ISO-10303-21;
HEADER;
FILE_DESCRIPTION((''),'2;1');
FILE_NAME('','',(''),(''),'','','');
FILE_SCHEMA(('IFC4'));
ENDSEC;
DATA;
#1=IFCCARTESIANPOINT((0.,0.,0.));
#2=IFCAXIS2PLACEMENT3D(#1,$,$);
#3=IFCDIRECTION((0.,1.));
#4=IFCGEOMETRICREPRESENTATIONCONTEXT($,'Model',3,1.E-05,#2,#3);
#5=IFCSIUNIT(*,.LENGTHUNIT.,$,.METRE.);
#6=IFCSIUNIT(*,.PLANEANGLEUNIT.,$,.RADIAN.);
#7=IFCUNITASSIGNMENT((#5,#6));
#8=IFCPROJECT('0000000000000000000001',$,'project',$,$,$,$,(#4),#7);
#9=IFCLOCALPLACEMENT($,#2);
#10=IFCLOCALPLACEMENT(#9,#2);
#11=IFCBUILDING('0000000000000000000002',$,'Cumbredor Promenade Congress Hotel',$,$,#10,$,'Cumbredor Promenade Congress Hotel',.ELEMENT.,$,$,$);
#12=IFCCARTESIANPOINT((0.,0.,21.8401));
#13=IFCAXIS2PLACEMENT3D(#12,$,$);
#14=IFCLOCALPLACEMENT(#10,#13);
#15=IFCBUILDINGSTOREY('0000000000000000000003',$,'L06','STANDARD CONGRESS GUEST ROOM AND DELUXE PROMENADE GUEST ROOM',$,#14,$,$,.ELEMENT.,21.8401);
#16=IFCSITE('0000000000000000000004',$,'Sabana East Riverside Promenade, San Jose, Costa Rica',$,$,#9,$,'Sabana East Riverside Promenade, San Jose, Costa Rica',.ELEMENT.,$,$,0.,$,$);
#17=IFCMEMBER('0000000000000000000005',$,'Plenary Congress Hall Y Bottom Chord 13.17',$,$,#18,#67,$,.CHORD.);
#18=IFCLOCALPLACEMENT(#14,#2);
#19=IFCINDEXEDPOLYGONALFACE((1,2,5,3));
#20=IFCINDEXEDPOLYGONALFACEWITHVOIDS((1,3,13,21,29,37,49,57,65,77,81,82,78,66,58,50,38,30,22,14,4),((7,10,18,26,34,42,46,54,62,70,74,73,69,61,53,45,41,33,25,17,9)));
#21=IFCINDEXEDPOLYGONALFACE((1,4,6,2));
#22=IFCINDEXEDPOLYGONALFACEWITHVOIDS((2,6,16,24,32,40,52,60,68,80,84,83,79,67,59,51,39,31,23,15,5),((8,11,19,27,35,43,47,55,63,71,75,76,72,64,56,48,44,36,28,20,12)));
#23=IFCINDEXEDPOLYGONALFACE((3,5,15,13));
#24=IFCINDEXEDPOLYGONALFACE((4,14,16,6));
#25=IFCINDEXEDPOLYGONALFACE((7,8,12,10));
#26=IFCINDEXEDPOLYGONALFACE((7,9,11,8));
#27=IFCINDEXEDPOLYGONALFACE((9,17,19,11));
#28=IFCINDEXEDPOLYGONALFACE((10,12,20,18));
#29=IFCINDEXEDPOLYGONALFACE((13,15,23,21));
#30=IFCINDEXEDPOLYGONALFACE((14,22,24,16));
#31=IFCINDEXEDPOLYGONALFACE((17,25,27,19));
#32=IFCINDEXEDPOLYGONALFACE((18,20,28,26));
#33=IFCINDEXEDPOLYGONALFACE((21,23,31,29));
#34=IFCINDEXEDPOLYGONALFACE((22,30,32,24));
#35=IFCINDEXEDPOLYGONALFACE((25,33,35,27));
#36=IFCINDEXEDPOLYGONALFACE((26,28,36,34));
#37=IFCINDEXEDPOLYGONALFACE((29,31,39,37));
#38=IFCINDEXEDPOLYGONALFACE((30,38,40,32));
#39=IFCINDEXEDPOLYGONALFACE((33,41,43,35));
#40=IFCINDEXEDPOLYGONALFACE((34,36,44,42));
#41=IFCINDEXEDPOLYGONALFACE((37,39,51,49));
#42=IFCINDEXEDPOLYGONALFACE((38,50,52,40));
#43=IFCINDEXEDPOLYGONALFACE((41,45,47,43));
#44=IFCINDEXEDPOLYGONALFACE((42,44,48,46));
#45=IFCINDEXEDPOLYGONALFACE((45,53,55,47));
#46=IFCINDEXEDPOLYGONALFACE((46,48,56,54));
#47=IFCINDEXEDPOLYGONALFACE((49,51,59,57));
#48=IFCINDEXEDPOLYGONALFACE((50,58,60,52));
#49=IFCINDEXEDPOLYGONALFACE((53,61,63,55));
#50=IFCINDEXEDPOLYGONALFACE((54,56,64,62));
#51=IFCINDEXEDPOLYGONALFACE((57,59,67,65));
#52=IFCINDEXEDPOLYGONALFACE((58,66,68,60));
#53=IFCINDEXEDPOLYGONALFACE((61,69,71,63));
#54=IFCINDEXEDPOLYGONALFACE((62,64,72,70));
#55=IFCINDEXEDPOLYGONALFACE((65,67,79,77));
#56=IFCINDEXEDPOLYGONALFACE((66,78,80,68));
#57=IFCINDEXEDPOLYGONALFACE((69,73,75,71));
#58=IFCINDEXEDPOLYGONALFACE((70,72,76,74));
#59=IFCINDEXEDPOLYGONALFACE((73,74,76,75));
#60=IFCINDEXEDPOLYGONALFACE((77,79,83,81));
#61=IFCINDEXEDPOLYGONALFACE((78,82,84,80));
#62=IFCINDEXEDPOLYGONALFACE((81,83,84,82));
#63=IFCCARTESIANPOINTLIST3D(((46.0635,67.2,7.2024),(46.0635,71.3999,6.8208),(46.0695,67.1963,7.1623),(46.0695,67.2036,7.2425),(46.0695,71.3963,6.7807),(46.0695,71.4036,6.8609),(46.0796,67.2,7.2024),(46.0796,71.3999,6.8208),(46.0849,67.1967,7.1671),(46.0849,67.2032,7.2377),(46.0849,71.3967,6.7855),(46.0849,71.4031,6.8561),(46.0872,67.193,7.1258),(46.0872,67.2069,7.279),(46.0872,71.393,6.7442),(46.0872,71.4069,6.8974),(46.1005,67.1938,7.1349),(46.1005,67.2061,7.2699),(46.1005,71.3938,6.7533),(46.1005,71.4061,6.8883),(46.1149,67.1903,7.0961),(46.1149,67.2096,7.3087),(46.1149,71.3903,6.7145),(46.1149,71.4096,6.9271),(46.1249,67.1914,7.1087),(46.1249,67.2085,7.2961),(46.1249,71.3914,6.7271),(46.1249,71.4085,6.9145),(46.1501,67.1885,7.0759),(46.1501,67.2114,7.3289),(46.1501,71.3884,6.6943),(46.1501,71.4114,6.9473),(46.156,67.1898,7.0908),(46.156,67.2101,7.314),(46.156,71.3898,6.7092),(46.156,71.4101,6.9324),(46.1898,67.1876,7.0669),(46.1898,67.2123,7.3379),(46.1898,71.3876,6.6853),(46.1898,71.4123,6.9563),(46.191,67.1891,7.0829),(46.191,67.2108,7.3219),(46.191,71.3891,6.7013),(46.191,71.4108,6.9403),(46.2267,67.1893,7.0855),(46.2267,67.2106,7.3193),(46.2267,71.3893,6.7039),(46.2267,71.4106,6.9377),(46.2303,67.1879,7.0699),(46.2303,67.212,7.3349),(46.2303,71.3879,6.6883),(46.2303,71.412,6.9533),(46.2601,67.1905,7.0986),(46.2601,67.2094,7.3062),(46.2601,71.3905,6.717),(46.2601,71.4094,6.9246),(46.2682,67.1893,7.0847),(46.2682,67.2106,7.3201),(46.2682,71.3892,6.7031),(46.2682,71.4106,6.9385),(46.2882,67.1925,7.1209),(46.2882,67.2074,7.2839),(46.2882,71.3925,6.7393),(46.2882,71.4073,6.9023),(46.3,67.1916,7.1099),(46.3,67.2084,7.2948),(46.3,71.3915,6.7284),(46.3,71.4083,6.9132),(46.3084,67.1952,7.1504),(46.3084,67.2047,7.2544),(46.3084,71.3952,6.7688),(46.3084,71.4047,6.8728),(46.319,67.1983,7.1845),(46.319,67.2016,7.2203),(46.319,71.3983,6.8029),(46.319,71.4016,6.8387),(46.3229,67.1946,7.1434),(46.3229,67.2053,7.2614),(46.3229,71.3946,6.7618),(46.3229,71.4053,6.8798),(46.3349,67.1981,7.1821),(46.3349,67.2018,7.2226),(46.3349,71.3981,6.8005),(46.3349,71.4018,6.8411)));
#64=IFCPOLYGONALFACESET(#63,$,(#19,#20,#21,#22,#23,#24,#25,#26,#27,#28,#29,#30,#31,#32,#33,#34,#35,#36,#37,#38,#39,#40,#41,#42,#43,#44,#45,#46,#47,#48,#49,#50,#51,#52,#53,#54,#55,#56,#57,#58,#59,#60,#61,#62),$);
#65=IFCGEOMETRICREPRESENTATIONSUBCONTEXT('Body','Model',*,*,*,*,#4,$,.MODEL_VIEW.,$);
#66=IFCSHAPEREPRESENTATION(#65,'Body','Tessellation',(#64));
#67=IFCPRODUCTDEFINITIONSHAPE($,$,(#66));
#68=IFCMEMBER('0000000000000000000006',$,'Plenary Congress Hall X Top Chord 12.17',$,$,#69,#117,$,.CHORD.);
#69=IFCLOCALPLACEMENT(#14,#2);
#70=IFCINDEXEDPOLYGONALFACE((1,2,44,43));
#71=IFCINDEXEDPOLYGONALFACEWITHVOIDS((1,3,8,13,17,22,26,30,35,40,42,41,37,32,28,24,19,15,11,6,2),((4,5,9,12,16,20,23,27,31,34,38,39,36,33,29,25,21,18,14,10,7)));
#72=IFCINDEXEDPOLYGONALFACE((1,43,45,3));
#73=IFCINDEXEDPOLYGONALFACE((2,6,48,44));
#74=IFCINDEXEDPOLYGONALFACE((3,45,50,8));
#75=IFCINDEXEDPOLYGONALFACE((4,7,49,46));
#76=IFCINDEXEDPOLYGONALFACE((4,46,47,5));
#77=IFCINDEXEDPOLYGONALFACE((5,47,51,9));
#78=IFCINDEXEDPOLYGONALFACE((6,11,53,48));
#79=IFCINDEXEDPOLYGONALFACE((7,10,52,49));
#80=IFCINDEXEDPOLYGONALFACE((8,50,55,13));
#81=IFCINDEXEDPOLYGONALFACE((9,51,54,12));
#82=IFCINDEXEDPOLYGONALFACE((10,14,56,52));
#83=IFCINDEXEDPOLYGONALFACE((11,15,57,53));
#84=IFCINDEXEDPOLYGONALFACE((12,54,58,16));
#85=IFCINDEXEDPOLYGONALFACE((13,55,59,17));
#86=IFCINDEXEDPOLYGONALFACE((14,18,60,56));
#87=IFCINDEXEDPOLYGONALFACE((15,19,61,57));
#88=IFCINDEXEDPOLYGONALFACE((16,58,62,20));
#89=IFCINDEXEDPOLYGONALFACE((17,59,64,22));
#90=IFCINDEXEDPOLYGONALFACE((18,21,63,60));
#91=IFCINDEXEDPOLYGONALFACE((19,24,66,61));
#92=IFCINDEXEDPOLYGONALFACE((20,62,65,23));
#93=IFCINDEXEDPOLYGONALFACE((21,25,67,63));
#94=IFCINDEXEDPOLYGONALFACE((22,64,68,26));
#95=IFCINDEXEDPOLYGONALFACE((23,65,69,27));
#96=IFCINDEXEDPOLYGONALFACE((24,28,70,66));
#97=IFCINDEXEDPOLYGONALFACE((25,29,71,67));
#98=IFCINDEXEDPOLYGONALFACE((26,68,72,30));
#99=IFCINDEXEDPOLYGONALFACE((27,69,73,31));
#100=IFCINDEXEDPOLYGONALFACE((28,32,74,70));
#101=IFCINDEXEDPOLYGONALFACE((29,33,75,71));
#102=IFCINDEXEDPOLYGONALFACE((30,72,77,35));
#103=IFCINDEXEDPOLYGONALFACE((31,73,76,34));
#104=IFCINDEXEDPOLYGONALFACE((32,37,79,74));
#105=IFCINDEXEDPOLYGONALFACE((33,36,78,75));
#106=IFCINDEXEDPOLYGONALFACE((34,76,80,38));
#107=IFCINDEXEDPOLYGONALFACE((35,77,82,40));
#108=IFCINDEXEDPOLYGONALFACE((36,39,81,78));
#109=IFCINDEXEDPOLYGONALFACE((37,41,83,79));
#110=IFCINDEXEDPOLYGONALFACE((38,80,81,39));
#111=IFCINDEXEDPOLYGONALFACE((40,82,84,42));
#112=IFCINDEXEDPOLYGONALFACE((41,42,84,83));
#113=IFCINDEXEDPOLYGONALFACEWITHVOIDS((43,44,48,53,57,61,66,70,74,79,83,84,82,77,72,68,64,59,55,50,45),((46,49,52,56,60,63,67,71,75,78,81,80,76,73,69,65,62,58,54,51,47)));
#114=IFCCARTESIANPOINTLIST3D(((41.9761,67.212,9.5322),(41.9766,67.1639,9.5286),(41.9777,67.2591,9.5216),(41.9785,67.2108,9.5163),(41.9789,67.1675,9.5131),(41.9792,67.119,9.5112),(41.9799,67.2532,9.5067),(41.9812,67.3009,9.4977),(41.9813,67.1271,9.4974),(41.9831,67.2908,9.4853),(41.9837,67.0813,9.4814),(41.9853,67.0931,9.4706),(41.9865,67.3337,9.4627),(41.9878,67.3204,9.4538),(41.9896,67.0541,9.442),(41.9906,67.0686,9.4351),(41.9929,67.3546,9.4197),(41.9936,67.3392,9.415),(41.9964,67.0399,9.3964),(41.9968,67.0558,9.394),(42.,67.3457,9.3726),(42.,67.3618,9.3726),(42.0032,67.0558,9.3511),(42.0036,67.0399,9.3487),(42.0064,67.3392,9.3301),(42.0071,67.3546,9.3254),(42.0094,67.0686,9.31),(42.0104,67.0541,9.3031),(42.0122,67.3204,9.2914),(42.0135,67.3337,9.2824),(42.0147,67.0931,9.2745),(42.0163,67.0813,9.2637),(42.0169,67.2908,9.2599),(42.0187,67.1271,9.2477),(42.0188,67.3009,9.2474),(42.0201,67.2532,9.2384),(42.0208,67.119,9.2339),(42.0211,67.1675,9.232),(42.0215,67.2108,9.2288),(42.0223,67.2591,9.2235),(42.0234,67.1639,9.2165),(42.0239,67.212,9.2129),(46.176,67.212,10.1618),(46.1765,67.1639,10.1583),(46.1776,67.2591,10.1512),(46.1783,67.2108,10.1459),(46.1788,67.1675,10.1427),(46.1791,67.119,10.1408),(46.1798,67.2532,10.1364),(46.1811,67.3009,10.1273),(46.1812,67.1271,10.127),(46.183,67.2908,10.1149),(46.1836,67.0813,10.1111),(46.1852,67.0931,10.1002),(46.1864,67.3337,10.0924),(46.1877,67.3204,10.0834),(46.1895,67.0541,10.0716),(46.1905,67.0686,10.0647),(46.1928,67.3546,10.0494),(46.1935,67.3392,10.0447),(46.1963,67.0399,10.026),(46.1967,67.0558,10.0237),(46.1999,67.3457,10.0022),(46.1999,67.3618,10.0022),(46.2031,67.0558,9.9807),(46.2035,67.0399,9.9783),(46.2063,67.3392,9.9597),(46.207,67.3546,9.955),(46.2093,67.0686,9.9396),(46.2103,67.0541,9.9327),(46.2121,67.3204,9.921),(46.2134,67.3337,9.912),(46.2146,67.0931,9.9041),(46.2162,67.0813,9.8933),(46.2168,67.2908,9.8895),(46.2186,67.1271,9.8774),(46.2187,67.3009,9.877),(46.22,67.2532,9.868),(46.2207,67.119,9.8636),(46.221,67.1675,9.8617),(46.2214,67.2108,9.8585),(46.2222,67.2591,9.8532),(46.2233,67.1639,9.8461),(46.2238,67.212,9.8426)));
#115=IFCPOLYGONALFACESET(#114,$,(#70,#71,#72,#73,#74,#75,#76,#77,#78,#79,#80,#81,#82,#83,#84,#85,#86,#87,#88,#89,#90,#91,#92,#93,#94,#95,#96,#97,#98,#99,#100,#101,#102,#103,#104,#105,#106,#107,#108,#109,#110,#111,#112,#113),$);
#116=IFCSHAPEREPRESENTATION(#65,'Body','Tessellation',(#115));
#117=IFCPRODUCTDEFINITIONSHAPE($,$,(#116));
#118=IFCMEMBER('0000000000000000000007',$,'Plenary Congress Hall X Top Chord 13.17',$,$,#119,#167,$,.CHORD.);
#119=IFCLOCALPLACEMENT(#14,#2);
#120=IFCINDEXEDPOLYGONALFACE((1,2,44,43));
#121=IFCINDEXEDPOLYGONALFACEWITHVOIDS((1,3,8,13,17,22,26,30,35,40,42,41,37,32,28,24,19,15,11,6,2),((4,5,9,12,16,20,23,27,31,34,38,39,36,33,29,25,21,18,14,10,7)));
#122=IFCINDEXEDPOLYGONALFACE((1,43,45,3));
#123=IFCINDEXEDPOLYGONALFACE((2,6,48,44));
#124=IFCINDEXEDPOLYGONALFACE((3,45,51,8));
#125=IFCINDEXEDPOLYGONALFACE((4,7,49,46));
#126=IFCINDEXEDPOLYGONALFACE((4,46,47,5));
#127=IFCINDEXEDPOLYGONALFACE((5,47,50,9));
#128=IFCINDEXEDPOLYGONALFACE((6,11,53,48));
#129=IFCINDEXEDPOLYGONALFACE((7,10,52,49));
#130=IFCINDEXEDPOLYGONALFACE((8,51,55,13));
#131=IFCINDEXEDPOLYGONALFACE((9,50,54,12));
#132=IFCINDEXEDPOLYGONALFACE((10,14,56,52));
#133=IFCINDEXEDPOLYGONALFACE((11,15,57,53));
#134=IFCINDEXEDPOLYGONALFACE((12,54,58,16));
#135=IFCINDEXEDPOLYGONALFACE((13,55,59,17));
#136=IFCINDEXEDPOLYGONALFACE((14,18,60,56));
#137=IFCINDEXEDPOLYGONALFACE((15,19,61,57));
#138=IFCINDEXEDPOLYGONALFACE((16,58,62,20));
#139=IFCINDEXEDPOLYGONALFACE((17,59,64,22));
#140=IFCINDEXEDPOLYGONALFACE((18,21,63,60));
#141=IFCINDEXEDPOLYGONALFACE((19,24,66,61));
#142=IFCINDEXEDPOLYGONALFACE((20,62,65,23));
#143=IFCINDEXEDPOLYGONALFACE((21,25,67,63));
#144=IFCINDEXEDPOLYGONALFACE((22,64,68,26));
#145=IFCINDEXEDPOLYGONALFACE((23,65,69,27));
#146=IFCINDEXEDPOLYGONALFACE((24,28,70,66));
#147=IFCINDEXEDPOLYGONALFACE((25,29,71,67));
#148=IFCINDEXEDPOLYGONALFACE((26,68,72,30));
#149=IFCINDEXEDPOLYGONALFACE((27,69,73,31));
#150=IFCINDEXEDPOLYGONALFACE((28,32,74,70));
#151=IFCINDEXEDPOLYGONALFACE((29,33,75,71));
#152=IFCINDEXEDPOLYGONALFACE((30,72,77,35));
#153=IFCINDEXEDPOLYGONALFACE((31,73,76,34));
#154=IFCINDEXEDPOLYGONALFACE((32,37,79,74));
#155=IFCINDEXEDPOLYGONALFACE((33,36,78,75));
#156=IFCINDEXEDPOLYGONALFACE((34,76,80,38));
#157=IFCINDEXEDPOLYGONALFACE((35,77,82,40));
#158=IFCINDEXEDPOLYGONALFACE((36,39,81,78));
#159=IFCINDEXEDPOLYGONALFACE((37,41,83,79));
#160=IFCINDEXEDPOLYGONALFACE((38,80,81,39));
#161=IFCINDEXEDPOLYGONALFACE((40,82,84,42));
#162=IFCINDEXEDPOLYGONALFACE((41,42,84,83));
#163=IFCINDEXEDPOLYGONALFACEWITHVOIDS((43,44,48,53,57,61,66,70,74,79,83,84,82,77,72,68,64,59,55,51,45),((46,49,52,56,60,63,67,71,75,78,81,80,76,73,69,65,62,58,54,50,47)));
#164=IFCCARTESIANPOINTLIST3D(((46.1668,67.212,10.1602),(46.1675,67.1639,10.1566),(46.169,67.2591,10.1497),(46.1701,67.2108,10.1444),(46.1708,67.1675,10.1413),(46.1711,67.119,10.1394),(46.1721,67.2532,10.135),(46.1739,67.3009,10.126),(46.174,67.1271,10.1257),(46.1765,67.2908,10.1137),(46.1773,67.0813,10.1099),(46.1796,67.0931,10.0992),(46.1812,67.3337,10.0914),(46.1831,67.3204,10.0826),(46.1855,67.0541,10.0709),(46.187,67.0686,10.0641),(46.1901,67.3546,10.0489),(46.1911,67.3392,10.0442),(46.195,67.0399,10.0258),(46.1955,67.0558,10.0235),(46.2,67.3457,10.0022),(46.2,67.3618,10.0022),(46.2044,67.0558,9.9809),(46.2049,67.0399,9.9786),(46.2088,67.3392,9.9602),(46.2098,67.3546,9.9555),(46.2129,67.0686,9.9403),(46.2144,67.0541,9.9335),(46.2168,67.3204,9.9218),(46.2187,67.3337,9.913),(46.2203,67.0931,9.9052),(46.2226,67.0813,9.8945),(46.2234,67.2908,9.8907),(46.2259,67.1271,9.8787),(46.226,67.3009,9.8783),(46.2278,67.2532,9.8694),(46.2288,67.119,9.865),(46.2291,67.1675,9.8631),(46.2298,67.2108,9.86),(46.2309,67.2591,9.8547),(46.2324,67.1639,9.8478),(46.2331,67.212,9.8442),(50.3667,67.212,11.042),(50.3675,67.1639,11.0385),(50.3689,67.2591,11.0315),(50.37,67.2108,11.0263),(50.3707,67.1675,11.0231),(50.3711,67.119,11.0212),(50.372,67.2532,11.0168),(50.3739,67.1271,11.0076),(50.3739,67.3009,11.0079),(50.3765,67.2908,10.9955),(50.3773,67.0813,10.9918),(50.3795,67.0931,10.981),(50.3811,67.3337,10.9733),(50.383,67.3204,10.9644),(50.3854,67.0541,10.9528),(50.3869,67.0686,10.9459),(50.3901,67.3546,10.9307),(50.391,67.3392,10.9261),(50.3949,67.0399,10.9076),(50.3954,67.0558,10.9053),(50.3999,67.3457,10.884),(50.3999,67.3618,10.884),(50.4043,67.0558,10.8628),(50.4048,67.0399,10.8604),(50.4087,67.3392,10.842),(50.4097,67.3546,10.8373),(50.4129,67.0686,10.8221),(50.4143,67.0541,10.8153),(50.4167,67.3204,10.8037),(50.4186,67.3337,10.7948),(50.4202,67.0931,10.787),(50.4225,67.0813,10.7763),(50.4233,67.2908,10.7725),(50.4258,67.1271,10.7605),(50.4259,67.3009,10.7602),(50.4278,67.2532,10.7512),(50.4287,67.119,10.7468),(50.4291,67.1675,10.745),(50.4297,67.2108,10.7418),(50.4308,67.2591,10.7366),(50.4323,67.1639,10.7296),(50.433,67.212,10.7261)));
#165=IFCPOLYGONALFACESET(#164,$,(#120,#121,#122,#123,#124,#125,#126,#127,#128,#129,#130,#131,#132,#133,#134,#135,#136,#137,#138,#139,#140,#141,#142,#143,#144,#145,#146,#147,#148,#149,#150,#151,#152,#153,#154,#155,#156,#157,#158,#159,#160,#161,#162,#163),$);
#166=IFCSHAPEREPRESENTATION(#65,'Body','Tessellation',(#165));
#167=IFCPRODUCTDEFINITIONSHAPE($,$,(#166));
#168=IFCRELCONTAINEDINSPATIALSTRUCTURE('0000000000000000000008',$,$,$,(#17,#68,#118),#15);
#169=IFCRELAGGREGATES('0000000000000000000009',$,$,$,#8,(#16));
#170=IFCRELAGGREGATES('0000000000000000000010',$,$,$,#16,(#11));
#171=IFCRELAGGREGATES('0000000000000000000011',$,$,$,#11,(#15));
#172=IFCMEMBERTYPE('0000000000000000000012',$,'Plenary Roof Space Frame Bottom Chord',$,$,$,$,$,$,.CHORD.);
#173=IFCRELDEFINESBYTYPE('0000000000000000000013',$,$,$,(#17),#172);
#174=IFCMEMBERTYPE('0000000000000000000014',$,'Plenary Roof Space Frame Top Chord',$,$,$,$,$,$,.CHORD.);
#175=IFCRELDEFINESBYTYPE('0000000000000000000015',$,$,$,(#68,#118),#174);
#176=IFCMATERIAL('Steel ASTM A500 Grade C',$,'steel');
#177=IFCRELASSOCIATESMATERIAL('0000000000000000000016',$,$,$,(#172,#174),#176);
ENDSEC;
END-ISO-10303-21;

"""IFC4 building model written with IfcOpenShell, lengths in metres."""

from ifc_helpers import new_model, si_unit, direction, frame, origin, origin_2d, place, context, subcontext, project, spatial, hollow_circle, extrude, material, material_profile, profile_set, type_object, element, save


model = new_model("IFC4")

# Units and contexts
model_context = context("Model", 3, precision=1e-05, world=origin(), true_north=direction((0.0, 1.0)))
body_context = subcontext(model_context, "Body", "Model", "MODEL_VIEW")
ifc_project = project(units=[si_unit("LENGTHUNIT", "METRE"), si_unit("PLANEANGLEUNIT", "RADIAN")], contexts=[model_context])

# Site, building, storey
site_placement = place(None, origin())
site = spatial("IfcSite", under=ifc_project, at=site_placement, Name="Sabana East Riverside Promenade, San Jose, Costa Rica", LongName="Sabana East Riverside Promenade, San Jose, Costa Rica", CompositionType="ELEMENT", RefElevation=0.0)
building_placement = place(site_placement, origin())
building = spatial("IfcBuilding", under=site, at=building_placement, Name="Cumbredor Promenade Congress Hotel", LongName="Cumbredor Promenade Congress Hotel", CompositionType="ELEMENT")
storey_placement = place(building_placement, frame((0.0, 0.0, 21.8401)))
storey = spatial("IfcBuildingStorey", under=building, at=storey_placement, Name="L06", Description="STANDARD CONGRESS GUEST ROOM AND DELUXE PROMENADE GUEST ROOM", CompositionType="ELEMENT", Elevation=21.8401)

# Members
ifc_material_1 = material(Name="Steel ASTM A500 Grade C", Category="steel")
ifc_material_profile_1 = material_profile(ifc_material_1, hollow_circle(Radius=0.1365, WallThickness=0.0161, at=origin_2d()), Name="CHS 273.0x16")
ifc_profile_set_1 = profile_set([ifc_material_profile_1], Name="Steel ASTM A500 Grade C")
member_type_1 = type_object("IfcMemberType", Name="Plenary Roof Space Frame Bottom Chord", PredefinedType="CHORD", material=ifc_profile_set_1)
member_1_placement = place(storey_placement, frame((46.2, 67.2, 7.2024), z_axis=(0.0, 0.995898, -0.090484), x_axis=(-1.0, 0.0, 0.0)))
element("IfcMember", 1, at=member_1_placement, inside=storey, type_object=member_type_1, Name="Plenary Congress Hall Y Bottom Chord 13.17", PredefinedType="CHORD", context=body_context, shape_type="SweptSolid", body=[
    extrude(hollow_circle(Radius=0.1365, WallThickness=0.0161, at=origin_2d()), origin(), (0.0, 0.0, 1.0), 4.2173),
])
ifc_material_profile_2 = material_profile(ifc_material_1, hollow_circle(Radius=0.1619, WallThickness=0.0161, at=origin_2d()), Name="CHS 323.9x16")
ifc_profile_set_2 = profile_set([ifc_material_profile_2], Name="Steel ASTM A500 Grade C")
member_type_2 = type_object("IfcMemberType", Name="Plenary Roof Space Frame Top Chord", PredefinedType="CHORD", material=ifc_profile_set_2)
member_2_placement = place(storey_placement, frame((42.0, 67.2, 9.3726), z_axis=(0.988949, 0.0, 0.148259), x_axis=(0.0, 1.0, 0.0)))
element("IfcMember", 2, at=member_2_placement, inside=storey, type_object=member_type_2, Name="Plenary Congress Hall X Top Chord 12.17", PredefinedType="CHORD", context=body_context, shape_type="SweptSolid", body=[
    extrude(hollow_circle(Radius=0.1619, WallThickness=0.0161, at=origin_2d()), origin(), (0.0, 0.0, 1.0), 4.2468),
])
member_3_placement = place(storey_placement, frame((46.2, 67.2, 10.0022), z_axis=(0.978661, 0.0, 0.205483), x_axis=(0.0, 1.0, 0.0)))
element("IfcMember", 3, at=member_3_placement, inside=storey, type_object=member_type_2, Name="Plenary Congress Hall X Top Chord 13.17", PredefinedType="CHORD", context=body_context, shape_type="SweptSolid", body=[
    extrude(hollow_circle(Radius=0.1619, WallThickness=0.0161, at=origin_2d()), origin(), (0.0, 0.0, 1.0), 4.2915),
])

save(model, "model.ifc")
